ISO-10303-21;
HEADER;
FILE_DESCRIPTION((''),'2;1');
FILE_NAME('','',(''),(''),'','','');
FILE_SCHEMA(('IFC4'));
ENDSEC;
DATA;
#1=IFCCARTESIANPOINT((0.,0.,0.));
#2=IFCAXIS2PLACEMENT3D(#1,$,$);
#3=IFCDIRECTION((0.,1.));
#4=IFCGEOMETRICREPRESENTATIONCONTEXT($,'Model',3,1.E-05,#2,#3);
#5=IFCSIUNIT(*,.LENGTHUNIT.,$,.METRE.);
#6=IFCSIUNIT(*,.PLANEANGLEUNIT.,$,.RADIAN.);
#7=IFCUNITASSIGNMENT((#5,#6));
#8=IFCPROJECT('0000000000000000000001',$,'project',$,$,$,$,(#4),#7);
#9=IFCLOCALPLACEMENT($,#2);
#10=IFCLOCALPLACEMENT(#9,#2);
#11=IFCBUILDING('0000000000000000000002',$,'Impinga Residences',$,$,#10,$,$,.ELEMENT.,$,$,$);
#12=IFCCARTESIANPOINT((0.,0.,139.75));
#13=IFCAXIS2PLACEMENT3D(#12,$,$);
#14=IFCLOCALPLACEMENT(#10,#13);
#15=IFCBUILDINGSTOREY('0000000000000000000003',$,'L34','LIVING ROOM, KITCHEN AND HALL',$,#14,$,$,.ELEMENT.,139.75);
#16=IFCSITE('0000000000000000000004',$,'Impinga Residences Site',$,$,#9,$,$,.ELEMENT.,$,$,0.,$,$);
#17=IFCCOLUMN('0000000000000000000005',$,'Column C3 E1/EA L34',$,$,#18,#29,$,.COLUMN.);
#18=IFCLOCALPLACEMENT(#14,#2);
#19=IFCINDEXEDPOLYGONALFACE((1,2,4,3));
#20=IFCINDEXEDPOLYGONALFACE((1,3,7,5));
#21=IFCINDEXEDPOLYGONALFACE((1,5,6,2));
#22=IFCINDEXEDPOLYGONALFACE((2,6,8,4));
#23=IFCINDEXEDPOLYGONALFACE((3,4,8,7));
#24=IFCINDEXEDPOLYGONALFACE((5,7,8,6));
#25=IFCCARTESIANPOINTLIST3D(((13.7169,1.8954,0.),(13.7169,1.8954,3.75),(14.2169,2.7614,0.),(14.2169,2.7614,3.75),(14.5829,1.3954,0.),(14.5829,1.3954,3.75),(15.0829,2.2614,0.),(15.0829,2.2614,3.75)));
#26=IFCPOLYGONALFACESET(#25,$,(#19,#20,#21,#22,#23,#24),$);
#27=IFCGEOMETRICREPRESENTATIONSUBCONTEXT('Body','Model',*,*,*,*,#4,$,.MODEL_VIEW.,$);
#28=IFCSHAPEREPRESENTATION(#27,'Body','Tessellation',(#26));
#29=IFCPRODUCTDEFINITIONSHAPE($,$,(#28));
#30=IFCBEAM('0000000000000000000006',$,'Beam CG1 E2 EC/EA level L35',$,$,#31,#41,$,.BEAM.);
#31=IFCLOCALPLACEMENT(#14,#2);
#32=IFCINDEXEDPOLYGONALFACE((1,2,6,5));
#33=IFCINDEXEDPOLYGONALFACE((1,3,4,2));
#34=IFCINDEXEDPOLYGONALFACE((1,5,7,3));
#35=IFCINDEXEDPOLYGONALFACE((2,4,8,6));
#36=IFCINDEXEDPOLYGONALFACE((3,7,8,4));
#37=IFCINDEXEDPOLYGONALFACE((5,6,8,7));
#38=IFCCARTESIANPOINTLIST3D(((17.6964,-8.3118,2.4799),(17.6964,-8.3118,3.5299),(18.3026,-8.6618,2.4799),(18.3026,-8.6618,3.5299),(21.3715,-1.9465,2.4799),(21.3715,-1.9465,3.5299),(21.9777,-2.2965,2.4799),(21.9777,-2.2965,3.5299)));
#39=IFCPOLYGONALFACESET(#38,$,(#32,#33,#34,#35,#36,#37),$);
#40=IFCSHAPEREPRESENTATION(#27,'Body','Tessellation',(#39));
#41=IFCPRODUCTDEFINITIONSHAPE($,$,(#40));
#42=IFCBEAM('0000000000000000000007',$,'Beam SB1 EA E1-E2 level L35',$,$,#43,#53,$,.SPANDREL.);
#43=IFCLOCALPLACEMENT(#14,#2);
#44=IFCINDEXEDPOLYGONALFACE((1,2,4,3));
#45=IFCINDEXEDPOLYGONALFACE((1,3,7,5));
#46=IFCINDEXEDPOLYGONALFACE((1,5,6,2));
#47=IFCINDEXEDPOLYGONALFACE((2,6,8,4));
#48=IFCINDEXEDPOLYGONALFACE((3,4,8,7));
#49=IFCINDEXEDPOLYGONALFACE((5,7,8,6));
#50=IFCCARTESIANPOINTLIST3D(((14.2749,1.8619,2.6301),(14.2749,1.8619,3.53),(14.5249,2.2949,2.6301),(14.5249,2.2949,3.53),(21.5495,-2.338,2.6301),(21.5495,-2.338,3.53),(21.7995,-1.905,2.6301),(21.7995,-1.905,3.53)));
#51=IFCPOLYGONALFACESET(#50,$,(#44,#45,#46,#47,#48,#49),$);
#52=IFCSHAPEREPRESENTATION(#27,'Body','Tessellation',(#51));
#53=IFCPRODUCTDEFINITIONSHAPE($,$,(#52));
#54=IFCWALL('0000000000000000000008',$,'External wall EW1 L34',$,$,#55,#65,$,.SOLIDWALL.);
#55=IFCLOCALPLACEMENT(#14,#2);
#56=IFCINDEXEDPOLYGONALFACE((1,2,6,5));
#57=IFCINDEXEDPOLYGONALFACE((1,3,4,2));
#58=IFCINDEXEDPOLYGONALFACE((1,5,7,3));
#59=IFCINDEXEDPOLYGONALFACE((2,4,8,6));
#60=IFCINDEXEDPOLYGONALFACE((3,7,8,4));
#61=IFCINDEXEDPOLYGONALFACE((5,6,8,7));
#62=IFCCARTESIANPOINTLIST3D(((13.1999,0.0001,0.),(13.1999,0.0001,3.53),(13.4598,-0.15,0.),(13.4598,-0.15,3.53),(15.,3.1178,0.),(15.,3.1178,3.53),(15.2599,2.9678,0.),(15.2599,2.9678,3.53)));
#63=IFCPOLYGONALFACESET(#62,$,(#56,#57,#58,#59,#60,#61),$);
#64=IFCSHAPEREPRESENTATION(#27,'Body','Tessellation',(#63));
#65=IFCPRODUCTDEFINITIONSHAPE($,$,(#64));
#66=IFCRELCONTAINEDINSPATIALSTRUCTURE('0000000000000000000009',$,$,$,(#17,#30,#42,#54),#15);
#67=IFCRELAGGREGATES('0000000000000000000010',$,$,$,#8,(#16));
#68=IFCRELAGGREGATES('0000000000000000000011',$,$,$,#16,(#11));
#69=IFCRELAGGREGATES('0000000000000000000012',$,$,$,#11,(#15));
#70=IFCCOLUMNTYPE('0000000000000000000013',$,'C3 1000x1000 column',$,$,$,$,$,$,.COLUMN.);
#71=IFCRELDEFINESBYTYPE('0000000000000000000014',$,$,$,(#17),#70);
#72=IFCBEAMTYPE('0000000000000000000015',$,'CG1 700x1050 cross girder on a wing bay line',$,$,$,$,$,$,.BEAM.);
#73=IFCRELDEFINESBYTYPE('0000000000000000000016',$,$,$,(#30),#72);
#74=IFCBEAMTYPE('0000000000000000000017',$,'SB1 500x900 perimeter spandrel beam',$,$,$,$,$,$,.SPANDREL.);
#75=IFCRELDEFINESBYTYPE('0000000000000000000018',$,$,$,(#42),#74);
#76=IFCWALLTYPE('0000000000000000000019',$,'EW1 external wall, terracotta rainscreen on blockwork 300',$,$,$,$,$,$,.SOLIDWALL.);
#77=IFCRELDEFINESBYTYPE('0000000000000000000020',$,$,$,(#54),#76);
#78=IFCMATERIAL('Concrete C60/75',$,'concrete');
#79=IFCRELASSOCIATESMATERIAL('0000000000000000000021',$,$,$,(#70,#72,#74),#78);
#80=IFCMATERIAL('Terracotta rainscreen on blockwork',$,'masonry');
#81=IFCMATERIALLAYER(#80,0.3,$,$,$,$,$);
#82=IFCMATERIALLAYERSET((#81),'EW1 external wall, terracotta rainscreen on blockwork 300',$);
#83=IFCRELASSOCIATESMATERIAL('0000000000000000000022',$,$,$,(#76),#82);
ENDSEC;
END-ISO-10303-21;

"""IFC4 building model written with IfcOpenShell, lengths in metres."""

from ifc_helpers import new_model, si_unit, direction, frame, frame_2d, origin, origin_2d, place, context, subcontext, project, spatial, rectangle, extrude, material, layer, layer_set, material_profile, profile_set, type_object, element, save


model = new_model("IFC4")

# Units and contexts
model_context = context("Model", 3, precision=1e-05, world=origin(), true_north=direction((0.0, 1.0)))
body_context = subcontext(model_context, "Body", "Model", "MODEL_VIEW")
ifc_project = project(units=[si_unit("LENGTHUNIT", "METRE"), si_unit("PLANEANGLEUNIT", "RADIAN")], contexts=[model_context])

# Site, building, storey
site_placement = place(None, origin())
site = spatial("IfcSite", under=ifc_project, at=site_placement, Name="Impinga Residences Site", CompositionType="ELEMENT", RefElevation=0.0)
building_placement = place(site_placement, origin())
building = spatial("IfcBuilding", under=site, at=building_placement, Name="Impinga Residences", CompositionType="ELEMENT")
storey_placement = place(building_placement, frame((0.0, 0.0, 139.75)))
storey = spatial("IfcBuildingStorey", under=building, at=storey_placement, Name="L34", Description="LIVING ROOM, KITCHEN AND HALL", CompositionType="ELEMENT", Elevation=139.75)

# Column
ifc_material_1 = material(Name="Concrete C60/75", Category="concrete")
ifc_material_profile_1 = material_profile(ifc_material_1, rectangle(XDim=1.0, YDim=1.0, at=origin_2d()), Name="RC 1000x1000")
ifc_profile_set_1 = profile_set([ifc_material_profile_1], Name="Concrete C60/75")
column_type = type_object("IfcColumnType", Name="C3 1000x1000 column", PredefinedType="COLUMN", material=ifc_profile_set_1)
column_placement = place(storey_placement, frame((14.3999, 2.0784, 0.0), z_axis=(0.0, 0.0, 1.0), x_axis=(-0.5, -0.866025, 0.0)))
element("IfcColumn", 1, at=column_placement, inside=storey, type_object=column_type, Name="Column C3 E1/EA L34", PredefinedType="COLUMN", context=body_context, shape_type="SweptSolid", body=[
    extrude(rectangle(XDim=1.0, YDim=1.0, at=origin_2d()), origin(), (0.0, 0.0, 1.0), 3.75),
])

# Beams
ifc_material_profile_2 = material_profile(ifc_material_1, rectangle(XDim=0.7, YDim=1.05, at=origin_2d()), Name="RC 700x1050")
ifc_profile_set_2 = profile_set([ifc_material_profile_2], Name="Concrete C60/75")
beam_type_1 = type_object("IfcBeamType", Name="CG1 700x1050 cross girder on a wing bay line", PredefinedType="BEAM", material=ifc_profile_set_2)
beam_1_placement = place(storey_placement, frame((17.9995, -8.4868, 3.0049), z_axis=(0.500008, 0.866021, 0.0), x_axis=(-0.866021, 0.500008, 0.0)))
element("IfcBeam", 2, at=beam_1_placement, inside=storey, type_object=beam_type_1, Name="Beam CG1 E2 EC/EA level L35", PredefinedType="BEAM", context=body_context, shape_type="SweptSolid", body=[
    extrude(rectangle(XDim=0.7, YDim=1.05, at=origin_2d()), origin(), (0.0, 0.0, 1.0), 7.3501),
])
ifc_material_profile_3 = material_profile(ifc_material_1, rectangle(XDim=0.5, YDim=0.8999, at=origin_2d()), Name="RC 500x900")
ifc_profile_set_3 = profile_set([ifc_material_profile_3], Name="Concrete C60/75")
beam_type_2 = type_object("IfcBeamType", Name="SB1 500x900 perimeter spandrel beam", PredefinedType="SPANDREL", material=ifc_profile_set_3)
beam_2_placement = place(storey_placement, frame((14.3999, 2.0784, 3.0801), z_axis=(0.866029, -0.499993, 0.0), x_axis=(0.499993, 0.866029, 0.0)))
element("IfcBeam", 3, at=beam_2_placement, inside=storey, type_object=beam_type_2, Name="Beam SB1 EA E1-E2 level L35", PredefinedType="SPANDREL", context=body_context, shape_type="SweptSolid", body=[
    extrude(rectangle(XDim=0.5, YDim=0.8999, at=origin_2d()), origin(), (0.0, 0.0, 1.0), 8.3999),
])

# Wall
ifc_material_2 = material(Name="Terracotta rainscreen on blockwork", Category="masonry")
ifc_layer_1 = layer(ifc_material_2, 0.3)
ifc_layer_set_1 = layer_set([ifc_layer_1], Name="EW1 external wall, terracotta rainscreen on blockwork 300")
wall_type_1 = type_object("IfcWallType", Name="EW1 external wall, terracotta rainscreen on blockwork 300", PredefinedType="SOLIDWALL", material=ifc_layer_set_1)
wall_1_placement = place(storey_placement, frame((13.3298, -0.075, 0.0), z_axis=(0.0, 0.0, 1.0), x_axis=(0.500012, 0.866018, 0.0)))
element("IfcWall", 4, at=wall_1_placement, inside=storey, type_object=wall_type_1, Name="External wall EW1 L34", PredefinedType="SOLIDWALL", context=body_context, shape_type="SweptSolid", body=[
    extrude(rectangle(XDim=3.6001, YDim=0.3, at=frame_2d((1.8, 0.0))), origin(), (0.0, 0.0, 1.0), 3.53),
])

save(model, "model.ifc")
